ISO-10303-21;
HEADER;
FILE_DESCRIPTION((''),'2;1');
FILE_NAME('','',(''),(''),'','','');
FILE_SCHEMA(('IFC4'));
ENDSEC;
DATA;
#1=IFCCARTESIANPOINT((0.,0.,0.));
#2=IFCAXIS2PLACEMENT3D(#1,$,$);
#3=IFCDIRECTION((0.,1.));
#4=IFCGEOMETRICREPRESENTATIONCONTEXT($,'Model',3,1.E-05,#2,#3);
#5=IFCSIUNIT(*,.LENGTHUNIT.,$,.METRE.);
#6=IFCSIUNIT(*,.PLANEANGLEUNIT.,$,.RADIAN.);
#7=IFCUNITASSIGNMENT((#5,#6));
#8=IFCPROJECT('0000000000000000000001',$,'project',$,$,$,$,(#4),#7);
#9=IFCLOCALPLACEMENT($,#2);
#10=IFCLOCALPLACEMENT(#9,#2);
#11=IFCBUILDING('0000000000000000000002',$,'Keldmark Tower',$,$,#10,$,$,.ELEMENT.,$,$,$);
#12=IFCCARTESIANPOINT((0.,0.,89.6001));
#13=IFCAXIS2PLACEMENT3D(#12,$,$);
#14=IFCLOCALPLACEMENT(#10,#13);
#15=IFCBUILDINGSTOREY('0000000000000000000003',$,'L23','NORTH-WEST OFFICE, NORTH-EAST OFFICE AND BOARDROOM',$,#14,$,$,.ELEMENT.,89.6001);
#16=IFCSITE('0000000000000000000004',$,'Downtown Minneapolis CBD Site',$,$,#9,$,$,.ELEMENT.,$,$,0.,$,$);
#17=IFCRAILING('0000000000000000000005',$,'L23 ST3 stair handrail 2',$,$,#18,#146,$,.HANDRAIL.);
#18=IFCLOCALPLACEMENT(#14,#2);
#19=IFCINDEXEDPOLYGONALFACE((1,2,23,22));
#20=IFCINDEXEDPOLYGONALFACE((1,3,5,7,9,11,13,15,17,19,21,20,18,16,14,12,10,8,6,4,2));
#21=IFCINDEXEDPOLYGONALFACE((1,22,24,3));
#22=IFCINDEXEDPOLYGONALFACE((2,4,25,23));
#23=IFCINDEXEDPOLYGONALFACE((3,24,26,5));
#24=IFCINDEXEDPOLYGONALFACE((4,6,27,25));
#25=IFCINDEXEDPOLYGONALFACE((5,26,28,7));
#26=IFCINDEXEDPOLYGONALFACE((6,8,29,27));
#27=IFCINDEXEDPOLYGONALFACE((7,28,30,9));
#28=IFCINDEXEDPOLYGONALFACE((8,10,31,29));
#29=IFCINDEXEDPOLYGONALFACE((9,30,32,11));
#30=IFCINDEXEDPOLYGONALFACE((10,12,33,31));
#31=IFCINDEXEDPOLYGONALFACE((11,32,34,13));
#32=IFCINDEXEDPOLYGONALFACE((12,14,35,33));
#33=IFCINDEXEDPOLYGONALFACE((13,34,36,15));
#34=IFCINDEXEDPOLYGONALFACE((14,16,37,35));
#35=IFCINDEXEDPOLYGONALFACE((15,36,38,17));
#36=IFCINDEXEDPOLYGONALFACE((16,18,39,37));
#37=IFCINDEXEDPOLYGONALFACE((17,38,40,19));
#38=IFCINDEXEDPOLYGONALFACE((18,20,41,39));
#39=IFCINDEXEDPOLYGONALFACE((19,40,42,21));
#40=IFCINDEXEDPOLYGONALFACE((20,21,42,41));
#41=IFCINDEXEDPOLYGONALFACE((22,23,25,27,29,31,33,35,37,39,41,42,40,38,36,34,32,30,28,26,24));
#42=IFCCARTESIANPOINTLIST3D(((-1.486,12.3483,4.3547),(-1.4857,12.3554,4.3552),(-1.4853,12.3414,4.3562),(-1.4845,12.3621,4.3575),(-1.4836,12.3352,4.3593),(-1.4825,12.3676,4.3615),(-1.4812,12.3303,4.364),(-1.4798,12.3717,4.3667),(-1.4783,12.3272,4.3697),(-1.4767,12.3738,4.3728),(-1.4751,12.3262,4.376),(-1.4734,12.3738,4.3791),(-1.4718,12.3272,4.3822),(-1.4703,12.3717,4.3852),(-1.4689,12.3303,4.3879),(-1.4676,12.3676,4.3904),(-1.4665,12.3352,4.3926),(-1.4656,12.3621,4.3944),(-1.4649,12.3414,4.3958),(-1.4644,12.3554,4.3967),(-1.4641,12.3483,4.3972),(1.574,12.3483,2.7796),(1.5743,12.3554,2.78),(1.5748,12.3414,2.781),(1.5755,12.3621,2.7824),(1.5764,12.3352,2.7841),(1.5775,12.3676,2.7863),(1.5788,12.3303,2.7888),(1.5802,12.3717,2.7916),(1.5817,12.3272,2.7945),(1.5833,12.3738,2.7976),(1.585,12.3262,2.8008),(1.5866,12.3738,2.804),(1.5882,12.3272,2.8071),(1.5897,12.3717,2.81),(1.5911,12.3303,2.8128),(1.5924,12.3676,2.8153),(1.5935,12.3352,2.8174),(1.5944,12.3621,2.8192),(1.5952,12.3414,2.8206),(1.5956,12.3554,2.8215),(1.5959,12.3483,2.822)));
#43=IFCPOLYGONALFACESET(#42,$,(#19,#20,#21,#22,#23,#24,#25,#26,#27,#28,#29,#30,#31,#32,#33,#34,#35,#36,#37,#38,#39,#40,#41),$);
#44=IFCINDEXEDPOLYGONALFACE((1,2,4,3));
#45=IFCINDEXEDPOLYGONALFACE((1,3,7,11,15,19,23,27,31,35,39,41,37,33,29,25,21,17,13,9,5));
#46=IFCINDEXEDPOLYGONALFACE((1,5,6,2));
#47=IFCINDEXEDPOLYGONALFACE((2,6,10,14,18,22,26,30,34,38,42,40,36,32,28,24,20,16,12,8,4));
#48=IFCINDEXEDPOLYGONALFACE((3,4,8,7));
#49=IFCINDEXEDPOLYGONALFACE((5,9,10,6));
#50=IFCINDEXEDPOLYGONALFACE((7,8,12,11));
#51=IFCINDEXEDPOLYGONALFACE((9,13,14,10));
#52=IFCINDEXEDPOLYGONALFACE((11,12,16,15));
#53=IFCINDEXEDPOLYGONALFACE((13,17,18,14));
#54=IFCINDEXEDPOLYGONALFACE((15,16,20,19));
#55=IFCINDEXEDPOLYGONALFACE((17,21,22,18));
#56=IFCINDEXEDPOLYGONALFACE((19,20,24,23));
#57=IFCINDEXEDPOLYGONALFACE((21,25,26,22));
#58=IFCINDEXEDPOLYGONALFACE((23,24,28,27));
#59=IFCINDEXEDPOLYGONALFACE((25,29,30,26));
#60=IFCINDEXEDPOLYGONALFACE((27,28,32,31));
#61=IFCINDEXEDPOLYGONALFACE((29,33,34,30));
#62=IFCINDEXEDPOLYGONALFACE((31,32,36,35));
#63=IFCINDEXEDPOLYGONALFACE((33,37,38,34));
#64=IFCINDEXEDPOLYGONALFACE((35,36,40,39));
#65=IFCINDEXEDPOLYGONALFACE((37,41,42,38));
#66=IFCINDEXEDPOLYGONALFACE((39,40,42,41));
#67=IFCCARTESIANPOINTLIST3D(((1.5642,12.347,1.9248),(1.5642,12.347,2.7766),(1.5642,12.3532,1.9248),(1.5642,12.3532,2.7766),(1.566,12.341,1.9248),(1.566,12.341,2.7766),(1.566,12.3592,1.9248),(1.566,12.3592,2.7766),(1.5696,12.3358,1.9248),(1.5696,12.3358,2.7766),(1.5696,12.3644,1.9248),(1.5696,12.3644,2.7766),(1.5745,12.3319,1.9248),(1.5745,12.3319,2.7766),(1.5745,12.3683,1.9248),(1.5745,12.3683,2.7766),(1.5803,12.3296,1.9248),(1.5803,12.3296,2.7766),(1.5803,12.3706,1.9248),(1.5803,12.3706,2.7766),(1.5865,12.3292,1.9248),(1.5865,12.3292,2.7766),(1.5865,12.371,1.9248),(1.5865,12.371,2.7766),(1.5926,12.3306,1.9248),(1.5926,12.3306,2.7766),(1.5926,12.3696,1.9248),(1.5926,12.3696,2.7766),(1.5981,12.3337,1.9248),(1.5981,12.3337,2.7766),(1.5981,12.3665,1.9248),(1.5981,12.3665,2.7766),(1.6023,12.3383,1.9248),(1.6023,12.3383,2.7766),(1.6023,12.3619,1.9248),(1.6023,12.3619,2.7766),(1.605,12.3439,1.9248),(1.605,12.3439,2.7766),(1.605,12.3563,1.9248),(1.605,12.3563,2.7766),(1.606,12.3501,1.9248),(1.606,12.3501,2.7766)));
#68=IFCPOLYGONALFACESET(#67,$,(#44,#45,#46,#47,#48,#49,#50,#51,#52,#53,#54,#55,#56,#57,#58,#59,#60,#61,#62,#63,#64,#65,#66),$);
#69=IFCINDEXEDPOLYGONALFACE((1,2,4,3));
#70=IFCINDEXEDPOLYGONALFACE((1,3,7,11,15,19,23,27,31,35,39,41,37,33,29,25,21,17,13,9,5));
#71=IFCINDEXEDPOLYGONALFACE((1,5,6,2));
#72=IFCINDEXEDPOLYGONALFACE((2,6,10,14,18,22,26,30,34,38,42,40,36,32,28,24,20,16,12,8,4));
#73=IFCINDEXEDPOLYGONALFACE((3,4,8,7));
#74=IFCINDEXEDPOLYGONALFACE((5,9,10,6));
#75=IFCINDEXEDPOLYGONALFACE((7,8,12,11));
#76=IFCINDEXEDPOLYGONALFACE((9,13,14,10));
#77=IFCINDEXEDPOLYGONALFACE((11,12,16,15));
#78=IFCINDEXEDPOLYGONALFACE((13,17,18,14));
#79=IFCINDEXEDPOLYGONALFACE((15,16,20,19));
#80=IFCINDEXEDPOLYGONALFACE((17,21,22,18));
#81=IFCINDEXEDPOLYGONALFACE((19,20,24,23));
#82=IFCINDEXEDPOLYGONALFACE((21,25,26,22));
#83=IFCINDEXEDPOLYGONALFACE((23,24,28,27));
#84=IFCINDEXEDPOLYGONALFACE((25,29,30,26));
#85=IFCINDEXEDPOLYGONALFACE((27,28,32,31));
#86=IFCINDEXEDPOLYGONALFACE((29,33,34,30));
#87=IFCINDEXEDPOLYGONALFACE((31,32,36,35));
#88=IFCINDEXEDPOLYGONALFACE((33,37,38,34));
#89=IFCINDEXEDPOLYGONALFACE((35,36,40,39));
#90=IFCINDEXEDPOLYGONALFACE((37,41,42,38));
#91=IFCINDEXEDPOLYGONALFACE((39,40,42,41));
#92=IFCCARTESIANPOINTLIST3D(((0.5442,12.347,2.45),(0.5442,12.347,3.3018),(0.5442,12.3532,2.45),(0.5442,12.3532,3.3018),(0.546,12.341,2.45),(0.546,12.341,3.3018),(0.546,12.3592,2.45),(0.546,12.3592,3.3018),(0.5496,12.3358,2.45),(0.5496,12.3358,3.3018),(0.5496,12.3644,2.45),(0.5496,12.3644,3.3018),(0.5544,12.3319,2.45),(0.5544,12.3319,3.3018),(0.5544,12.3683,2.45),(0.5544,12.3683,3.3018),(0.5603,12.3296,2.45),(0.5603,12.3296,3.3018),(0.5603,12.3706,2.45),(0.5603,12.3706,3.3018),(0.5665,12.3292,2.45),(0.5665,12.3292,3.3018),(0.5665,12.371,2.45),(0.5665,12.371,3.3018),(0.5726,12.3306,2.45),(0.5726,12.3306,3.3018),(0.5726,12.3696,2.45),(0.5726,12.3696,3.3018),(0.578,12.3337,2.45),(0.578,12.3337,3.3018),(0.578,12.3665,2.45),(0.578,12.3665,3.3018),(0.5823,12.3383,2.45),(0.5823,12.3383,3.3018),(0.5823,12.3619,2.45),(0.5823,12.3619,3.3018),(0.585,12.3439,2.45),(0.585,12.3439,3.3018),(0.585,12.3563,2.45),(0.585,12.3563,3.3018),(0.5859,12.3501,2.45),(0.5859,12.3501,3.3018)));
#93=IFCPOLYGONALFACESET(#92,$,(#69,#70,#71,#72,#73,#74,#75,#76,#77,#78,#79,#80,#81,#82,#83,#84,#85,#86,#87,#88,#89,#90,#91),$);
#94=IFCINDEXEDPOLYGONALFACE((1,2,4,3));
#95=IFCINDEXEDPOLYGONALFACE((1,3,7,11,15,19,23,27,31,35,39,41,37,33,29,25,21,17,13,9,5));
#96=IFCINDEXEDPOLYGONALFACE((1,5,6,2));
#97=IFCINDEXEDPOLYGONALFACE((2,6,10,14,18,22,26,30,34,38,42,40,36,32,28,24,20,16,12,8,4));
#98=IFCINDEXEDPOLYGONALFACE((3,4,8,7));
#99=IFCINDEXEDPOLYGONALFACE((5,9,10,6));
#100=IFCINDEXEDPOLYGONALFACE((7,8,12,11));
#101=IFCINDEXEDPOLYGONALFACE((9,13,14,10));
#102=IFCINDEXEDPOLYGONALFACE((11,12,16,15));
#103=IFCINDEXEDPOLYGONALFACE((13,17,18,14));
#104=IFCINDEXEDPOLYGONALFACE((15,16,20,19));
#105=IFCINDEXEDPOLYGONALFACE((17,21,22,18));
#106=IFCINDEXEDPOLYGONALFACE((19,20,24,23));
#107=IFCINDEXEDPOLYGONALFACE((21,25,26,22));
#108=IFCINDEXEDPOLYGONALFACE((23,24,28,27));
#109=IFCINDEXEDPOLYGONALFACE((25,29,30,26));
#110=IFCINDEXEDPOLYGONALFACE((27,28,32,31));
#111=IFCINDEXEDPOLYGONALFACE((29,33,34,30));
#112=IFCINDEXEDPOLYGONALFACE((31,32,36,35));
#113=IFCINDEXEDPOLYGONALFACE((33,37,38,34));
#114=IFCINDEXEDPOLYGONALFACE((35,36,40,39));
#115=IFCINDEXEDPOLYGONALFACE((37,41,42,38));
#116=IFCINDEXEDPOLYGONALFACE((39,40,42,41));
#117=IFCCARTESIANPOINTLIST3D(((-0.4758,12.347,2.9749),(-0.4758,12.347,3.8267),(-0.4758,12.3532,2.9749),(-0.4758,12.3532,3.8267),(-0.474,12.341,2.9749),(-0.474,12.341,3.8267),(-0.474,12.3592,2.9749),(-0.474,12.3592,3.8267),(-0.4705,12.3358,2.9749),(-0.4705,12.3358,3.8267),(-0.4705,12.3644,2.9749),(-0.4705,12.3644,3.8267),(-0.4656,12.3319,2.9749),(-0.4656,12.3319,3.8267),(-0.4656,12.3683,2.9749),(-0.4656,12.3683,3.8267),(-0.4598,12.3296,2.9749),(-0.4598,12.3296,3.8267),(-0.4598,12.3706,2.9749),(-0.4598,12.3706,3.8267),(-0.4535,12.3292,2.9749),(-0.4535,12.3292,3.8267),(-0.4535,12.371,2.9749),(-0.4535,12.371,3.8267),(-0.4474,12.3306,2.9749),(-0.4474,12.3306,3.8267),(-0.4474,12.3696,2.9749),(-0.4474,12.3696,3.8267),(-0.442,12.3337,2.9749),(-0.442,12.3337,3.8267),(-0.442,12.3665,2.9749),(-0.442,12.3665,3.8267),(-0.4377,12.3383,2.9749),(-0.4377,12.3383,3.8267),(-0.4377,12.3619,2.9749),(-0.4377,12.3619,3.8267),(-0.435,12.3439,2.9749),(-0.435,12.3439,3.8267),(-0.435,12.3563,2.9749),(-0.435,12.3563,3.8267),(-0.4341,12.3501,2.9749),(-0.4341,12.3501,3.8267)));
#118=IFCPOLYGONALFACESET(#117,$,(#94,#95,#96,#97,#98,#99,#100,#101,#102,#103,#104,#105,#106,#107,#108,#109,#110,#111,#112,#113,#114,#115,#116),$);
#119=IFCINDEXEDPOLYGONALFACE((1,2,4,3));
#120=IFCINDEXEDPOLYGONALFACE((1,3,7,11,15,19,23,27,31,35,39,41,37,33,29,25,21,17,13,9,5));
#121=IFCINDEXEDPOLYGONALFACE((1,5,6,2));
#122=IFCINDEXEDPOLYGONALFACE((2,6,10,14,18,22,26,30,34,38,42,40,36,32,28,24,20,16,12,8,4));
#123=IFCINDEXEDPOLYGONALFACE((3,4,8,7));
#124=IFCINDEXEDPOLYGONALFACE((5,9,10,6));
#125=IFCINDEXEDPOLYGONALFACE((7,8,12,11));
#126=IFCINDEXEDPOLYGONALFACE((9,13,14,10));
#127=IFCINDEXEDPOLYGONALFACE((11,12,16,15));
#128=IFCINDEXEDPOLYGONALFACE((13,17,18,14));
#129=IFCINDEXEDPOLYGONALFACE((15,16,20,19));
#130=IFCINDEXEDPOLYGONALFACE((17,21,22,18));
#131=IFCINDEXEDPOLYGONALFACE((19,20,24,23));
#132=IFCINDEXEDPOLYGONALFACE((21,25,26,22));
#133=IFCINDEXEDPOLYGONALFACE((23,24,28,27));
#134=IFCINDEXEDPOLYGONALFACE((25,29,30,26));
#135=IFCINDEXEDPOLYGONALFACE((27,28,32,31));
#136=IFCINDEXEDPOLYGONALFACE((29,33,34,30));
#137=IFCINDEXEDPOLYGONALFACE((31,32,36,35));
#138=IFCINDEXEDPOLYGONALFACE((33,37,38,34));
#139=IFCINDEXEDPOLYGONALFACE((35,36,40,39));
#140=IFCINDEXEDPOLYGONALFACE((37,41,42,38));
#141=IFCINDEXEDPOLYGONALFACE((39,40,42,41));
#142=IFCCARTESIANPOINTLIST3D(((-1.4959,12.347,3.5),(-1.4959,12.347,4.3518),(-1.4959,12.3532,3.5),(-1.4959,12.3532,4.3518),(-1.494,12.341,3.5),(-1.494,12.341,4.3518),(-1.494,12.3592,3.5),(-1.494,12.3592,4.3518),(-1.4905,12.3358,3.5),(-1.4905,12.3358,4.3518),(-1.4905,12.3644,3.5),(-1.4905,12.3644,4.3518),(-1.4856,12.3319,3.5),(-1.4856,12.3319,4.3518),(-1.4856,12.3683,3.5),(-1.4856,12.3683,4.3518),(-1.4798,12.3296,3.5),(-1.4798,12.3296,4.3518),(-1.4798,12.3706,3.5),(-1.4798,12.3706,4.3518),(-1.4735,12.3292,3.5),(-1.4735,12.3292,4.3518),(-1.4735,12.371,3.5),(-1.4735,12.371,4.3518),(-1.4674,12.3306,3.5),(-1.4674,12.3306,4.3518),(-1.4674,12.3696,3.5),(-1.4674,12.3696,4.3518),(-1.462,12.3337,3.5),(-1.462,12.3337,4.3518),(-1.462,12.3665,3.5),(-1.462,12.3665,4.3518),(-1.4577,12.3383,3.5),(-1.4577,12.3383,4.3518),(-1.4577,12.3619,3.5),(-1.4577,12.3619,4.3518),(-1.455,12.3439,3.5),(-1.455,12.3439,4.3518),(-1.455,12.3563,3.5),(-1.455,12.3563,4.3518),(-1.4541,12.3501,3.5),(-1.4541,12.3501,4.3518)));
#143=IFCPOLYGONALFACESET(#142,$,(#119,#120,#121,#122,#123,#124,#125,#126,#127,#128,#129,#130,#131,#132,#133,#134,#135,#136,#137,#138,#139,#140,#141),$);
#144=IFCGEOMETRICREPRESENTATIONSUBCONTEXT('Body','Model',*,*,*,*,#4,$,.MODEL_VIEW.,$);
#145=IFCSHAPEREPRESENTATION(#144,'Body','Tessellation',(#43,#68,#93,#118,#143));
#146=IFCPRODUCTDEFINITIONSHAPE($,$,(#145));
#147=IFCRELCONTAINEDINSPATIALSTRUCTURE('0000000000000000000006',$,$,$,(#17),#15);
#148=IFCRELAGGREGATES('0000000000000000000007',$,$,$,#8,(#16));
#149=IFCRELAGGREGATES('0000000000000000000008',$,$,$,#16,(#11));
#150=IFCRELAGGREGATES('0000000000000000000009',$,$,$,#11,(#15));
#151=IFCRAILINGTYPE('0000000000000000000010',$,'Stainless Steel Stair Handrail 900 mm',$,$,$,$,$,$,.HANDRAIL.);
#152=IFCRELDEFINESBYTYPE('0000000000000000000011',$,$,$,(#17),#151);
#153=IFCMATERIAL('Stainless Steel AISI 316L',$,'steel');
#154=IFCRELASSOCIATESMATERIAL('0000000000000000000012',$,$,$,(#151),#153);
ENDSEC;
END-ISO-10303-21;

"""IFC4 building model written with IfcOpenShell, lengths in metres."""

from ifc_helpers import new_model, si_unit, direction, frame, origin, origin_2d, place, context, subcontext, project, spatial, circle, extrude, material, type_object, element, save


model = new_model("IFC4")

# Units and contexts
model_context = context("Model", 3, precision=1e-05, world=origin(), true_north=direction((0.0, 1.0)))
body_context = subcontext(model_context, "Body", "Model", "MODEL_VIEW")
ifc_project = project(units=[si_unit("LENGTHUNIT", "METRE"), si_unit("PLANEANGLEUNIT", "RADIAN")], contexts=[model_context])

# Site, building, storey
site_placement = place(None, origin())
site = spatial("IfcSite", under=ifc_project, at=site_placement, Name="Downtown Minneapolis CBD Site", CompositionType="ELEMENT", RefElevation=0.0)
building_placement = place(site_placement, origin())
building = spatial("IfcBuilding", under=site, at=building_placement, Name="Keldmark Tower", CompositionType="ELEMENT")
storey_placement = place(building_placement, frame((0.0, 0.0, 89.6001)))
storey = spatial("IfcBuildingStorey", under=building, at=storey_placement, Name="L23", Description="NORTH-WEST OFFICE, NORTH-EAST OFFICE AND BOARDROOM", CompositionType="ELEMENT", Elevation=89.6001)

# Railing
ifc_material_1 = material(Name="Stainless Steel AISI 316L", Category="steel")
railing_type_1 = type_object("IfcRailingType", Name="Stainless Steel Stair Handrail 900 mm", PredefinedType="HANDRAIL", material=ifc_material_1)
railing_1_placement = place(storey_placement, frame((1.585, 12.3501, 1.9248)))
element("IfcRailing", 1, at=railing_1_placement, inside=storey, type_object=railing_type_1, Name="L23 ST3 stair handrail 2", PredefinedType="HANDRAIL", context=body_context, shape_type="SweptSolid", body=[
    extrude(circle(Radius=0.0239, at=origin_2d()), frame((0.0, 0.0, 0.876), z_axis=(-0.889116, 0.0, 0.457681), x_axis=(0.0, -1.0, 0.0)), (0.0, 0.0, 1.0), 3.4417),
    extrude(circle(Radius=0.021, at=origin_2d()), origin(), (0.0, 0.0, 1.0), 0.8518),
    extrude(circle(Radius=0.021, at=origin_2d()), frame((-1.02, 0.0, 0.5251)), (0.0, 0.0, 1.0), 0.8518),
    extrude(circle(Radius=0.021, at=origin_2d()), frame((-2.04, 0.0, 1.05)), (0.0, 0.0, 1.0), 0.8518),
    extrude(circle(Radius=0.021, at=origin_2d()), frame((-3.0601, 0.0, 1.5752)), (0.0, 0.0, 1.0), 0.8518),
])

save(model, "model.ifc")
